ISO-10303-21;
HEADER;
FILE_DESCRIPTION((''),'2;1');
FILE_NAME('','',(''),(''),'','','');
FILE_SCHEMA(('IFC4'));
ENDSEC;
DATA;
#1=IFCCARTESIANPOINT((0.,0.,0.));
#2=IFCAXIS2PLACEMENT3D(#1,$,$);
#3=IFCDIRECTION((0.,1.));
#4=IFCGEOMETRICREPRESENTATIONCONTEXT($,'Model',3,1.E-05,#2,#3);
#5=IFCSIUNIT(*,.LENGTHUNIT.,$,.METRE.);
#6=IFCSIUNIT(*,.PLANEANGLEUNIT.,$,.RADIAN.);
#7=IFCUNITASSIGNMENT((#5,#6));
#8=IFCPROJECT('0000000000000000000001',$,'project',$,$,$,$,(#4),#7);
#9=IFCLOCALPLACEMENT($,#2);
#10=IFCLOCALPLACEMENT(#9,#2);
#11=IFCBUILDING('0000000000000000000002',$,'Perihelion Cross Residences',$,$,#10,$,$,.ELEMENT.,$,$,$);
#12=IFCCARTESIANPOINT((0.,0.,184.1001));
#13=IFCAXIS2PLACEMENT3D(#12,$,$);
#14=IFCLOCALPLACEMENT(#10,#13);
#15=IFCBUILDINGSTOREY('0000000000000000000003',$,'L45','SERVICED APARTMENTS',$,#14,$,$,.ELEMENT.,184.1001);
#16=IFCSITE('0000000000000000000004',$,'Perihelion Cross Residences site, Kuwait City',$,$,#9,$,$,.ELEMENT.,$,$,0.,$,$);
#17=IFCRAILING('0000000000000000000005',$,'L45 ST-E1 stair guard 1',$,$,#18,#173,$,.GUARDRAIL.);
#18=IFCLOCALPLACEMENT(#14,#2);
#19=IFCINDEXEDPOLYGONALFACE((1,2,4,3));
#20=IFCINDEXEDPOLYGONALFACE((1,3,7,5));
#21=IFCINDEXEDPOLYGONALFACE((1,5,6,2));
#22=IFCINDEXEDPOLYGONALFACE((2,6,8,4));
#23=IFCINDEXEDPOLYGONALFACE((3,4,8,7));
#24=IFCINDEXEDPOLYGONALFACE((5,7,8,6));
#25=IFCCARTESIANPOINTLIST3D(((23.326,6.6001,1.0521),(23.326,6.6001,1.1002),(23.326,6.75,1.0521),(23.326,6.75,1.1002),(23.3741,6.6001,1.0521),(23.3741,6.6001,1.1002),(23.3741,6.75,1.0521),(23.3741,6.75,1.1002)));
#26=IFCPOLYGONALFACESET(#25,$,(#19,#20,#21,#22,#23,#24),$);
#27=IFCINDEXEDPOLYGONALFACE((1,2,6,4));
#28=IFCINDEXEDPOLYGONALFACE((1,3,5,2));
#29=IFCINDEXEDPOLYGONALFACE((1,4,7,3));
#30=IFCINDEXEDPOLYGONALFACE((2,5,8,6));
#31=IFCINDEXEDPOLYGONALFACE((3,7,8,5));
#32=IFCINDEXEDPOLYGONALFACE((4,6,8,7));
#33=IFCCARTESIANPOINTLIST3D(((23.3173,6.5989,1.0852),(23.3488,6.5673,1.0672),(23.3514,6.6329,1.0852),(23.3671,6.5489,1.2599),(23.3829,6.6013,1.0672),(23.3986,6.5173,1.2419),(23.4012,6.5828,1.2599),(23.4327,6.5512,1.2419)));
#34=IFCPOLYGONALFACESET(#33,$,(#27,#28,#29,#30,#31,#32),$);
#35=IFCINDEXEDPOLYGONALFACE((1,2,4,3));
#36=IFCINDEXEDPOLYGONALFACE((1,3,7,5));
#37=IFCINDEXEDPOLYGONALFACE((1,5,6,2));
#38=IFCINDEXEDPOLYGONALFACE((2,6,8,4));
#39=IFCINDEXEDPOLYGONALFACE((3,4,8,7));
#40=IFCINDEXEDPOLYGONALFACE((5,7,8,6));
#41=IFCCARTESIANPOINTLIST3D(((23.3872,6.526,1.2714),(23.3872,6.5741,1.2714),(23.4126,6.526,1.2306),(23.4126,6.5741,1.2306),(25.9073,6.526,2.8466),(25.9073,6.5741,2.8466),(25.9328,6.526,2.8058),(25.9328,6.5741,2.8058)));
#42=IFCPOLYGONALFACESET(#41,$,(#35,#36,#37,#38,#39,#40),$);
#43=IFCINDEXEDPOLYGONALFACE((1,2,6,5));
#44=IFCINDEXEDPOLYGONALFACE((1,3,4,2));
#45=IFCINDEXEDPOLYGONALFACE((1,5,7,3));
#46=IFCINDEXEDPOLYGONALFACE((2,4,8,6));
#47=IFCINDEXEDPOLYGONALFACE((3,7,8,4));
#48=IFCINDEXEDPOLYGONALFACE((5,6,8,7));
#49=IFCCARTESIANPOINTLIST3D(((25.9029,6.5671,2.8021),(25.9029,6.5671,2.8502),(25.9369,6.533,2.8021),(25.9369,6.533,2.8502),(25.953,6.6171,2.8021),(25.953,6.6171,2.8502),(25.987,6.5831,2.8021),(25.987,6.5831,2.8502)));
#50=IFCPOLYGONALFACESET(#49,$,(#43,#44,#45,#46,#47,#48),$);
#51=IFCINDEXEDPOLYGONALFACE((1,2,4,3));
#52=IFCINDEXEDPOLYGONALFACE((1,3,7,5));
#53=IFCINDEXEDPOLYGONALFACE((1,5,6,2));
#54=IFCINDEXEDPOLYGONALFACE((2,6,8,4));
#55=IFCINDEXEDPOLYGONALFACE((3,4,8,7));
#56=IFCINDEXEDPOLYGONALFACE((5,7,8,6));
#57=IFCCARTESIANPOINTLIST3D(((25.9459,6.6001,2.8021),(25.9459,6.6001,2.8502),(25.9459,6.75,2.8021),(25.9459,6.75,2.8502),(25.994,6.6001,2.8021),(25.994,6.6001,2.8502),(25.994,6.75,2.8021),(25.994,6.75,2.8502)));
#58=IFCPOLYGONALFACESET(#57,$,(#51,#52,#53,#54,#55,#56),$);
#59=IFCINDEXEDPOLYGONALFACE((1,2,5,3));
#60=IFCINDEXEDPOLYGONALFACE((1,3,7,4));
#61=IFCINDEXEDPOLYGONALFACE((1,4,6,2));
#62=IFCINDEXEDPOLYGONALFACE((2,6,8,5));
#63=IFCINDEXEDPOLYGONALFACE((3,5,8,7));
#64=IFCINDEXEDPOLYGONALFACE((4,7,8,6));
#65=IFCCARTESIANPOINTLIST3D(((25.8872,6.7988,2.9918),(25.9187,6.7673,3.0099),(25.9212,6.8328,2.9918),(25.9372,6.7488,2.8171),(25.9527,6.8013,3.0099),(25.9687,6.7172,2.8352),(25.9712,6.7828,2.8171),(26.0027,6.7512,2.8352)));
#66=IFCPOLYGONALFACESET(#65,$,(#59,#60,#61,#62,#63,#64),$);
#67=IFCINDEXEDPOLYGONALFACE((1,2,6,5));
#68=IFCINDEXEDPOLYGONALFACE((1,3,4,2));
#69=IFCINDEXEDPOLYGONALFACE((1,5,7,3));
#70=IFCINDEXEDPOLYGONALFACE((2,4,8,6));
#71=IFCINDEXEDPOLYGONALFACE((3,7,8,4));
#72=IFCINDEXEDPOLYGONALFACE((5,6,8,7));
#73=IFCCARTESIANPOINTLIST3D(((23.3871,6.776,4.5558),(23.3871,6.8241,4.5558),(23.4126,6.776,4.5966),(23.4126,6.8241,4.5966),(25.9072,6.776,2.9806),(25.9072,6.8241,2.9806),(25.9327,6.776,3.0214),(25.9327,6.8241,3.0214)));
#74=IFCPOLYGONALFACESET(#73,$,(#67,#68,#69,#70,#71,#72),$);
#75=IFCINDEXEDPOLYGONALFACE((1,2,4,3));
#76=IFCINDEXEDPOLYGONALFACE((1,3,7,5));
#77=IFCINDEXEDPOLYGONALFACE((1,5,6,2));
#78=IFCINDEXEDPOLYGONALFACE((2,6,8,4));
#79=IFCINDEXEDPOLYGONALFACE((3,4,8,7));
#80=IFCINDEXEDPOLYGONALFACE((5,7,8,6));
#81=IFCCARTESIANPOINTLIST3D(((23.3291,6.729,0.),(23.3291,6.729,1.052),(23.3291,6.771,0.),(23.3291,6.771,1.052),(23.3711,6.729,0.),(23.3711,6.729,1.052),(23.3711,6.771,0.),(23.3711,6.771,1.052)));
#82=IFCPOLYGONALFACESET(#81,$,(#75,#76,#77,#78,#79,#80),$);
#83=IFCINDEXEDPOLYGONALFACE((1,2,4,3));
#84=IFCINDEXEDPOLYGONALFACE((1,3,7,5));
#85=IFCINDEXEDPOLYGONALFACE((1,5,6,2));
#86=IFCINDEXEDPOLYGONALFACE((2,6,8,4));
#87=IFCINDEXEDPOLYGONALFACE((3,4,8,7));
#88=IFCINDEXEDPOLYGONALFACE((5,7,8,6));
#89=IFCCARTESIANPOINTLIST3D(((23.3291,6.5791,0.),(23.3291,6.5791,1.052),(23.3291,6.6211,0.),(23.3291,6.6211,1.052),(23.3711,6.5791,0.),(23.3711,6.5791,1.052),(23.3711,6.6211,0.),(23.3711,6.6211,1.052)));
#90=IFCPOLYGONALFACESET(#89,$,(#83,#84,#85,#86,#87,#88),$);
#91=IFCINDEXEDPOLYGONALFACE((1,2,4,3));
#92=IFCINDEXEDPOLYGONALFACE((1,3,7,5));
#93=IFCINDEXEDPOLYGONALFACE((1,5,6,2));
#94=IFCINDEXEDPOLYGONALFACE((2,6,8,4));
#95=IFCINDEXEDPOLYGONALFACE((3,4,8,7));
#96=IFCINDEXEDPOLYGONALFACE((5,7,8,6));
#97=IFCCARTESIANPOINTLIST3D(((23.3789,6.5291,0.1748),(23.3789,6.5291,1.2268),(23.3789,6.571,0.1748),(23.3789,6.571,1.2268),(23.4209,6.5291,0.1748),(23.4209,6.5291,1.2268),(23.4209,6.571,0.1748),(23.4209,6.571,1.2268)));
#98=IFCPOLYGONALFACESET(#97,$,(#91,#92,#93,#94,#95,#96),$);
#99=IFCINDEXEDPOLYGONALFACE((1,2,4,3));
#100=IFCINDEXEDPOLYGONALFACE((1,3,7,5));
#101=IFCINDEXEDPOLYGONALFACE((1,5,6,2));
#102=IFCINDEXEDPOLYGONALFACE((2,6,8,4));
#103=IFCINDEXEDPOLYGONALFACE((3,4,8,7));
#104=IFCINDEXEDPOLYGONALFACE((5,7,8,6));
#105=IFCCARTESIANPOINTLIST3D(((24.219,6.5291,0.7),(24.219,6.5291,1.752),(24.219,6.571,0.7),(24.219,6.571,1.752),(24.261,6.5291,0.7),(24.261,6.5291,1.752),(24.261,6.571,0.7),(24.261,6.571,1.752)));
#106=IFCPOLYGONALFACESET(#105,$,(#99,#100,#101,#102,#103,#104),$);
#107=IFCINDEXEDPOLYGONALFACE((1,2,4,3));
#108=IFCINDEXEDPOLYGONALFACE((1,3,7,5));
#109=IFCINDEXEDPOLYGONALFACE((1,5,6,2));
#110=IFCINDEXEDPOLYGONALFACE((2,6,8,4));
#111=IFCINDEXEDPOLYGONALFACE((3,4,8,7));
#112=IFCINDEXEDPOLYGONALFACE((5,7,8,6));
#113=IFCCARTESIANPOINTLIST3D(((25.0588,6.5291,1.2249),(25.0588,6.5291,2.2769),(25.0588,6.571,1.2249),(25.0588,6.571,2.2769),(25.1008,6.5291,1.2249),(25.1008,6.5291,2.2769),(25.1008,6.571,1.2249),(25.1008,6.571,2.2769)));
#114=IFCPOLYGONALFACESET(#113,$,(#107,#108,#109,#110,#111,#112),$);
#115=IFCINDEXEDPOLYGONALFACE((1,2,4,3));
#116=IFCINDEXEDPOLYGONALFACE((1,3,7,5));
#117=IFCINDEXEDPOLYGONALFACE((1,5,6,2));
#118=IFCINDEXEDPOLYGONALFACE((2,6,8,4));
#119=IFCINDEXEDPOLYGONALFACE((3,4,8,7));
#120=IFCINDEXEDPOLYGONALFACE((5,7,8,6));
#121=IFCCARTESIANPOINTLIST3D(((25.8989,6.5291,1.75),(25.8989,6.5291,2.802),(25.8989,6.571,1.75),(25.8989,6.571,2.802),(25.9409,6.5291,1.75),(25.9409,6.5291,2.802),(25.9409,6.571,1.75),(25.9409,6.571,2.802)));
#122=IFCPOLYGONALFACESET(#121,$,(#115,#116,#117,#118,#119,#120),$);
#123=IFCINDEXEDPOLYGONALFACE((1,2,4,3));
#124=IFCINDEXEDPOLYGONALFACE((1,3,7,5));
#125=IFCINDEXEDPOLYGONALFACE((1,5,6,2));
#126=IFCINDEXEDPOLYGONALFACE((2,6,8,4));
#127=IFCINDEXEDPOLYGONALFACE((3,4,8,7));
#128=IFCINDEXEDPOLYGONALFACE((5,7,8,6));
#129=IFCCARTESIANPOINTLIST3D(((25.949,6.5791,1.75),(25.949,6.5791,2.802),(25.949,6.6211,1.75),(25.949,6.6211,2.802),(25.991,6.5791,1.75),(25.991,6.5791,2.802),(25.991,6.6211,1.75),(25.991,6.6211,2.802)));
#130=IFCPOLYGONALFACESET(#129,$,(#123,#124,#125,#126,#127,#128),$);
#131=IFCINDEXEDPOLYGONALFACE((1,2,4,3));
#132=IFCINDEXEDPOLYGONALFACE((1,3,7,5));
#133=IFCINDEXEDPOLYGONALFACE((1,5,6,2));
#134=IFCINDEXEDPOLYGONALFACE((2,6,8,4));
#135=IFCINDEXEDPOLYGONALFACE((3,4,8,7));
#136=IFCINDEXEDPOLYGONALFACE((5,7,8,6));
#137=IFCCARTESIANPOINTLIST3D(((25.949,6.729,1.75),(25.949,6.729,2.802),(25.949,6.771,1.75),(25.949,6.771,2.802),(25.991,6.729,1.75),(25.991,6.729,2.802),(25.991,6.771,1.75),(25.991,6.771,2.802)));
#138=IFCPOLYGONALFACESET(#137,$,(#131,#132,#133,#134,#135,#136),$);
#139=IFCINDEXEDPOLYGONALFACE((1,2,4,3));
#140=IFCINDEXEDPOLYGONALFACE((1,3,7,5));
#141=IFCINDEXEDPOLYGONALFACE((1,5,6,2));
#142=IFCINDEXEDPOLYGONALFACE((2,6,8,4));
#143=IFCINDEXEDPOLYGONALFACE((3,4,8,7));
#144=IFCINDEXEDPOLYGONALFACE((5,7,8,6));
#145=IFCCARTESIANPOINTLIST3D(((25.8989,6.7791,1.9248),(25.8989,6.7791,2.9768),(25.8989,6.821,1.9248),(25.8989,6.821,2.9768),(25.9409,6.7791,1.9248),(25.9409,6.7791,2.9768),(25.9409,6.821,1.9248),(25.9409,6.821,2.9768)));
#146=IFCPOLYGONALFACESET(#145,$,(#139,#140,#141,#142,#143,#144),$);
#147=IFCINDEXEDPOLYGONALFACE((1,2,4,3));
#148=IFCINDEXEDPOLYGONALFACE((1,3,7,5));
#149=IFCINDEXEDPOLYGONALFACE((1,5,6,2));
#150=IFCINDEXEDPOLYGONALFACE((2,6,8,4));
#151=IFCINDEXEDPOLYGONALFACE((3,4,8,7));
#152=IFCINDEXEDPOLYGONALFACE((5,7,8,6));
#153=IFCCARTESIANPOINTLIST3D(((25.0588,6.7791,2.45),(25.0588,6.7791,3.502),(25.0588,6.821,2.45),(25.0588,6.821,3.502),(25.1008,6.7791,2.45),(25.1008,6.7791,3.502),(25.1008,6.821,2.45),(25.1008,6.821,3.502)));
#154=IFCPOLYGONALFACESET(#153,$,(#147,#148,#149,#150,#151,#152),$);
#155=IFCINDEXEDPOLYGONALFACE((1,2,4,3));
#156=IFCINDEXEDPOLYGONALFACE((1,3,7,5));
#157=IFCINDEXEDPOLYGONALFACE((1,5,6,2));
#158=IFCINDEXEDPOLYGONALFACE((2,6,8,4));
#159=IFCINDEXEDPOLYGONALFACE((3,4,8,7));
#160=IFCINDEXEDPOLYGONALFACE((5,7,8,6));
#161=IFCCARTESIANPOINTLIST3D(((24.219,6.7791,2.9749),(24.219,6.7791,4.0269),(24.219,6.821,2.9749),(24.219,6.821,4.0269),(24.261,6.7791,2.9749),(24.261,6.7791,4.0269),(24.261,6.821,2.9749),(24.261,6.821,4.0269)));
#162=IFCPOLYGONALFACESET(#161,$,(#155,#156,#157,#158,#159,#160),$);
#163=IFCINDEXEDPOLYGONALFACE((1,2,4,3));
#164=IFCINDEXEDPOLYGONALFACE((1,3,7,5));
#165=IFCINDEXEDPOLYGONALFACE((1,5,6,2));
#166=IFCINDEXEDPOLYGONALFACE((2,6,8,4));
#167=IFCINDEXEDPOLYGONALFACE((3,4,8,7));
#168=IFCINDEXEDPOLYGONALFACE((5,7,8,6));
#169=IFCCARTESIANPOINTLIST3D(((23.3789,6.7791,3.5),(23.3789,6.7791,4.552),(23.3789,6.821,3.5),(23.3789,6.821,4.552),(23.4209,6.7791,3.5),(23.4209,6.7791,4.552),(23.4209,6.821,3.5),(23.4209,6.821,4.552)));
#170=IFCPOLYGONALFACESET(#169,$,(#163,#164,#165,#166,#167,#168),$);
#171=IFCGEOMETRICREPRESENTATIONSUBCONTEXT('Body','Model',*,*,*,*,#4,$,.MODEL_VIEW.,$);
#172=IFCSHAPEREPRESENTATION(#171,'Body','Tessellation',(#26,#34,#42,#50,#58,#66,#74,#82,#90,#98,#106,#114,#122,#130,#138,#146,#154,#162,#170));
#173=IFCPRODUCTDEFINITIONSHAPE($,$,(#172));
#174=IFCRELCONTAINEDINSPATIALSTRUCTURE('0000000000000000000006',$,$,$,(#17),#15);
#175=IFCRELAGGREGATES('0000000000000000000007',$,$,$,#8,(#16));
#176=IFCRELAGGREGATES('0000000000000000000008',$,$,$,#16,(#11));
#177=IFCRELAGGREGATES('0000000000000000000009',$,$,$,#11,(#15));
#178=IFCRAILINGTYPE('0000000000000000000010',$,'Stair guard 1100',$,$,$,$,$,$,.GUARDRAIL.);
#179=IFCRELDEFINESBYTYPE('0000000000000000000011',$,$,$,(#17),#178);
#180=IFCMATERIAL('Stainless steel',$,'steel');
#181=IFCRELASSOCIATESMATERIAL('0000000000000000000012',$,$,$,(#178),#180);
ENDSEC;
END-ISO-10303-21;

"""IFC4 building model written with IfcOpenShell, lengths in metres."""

from ifc_helpers import new_model, si_unit, direction, frame, origin, origin_2d, place, context, subcontext, project, spatial, rectangle, extrude, material, type_object, element, save


model = new_model("IFC4")

# Units and contexts
model_context = context("Model", 3, precision=1e-05, world=origin(), true_north=direction((0.0, 1.0)))
body_context = subcontext(model_context, "Body", "Model", "MODEL_VIEW")
ifc_project = project(units=[si_unit("LENGTHUNIT", "METRE"), si_unit("PLANEANGLEUNIT", "RADIAN")], contexts=[model_context])

# Site, building, storey
site_placement = place(None, origin())
site = spatial("IfcSite", under=ifc_project, at=site_placement, Name="Perihelion Cross Residences site, Kuwait City", CompositionType="ELEMENT", RefElevation=0.0)
building_placement = place(site_placement, origin())
building = spatial("IfcBuilding", under=site, at=building_placement, Name="Perihelion Cross Residences", CompositionType="ELEMENT")
storey_placement = place(building_placement, frame((0.0, 0.0, 184.1001)))
storey = spatial("IfcBuildingStorey", under=building, at=storey_placement, Name="L45", Description="SERVICED APARTMENTS", CompositionType="ELEMENT", Elevation=184.1001)

# Railing
ifc_material_1 = material(Name="Stainless steel", Category="steel")
railing_type_1 = type_object("IfcRailingType", Name="Stair guard 1100", PredefinedType="GUARDRAIL", material=ifc_material_1)
railing_1_placement = place(storey_placement, frame((23.3501, 6.75, 0.0)))
element("IfcRailing", 1, at=railing_1_placement, inside=storey, type_object=railing_type_1, Name="L45 ST-E1 stair guard 1", PredefinedType="GUARDRAIL", context=body_context, shape_type="SweptSolid", body=[
    extrude(rectangle(XDim=0.0481, YDim=0.0481, at=origin_2d()), frame((0.0, 0.0, 1.0762), z_axis=(0.0, -1.0, 0.0), x_axis=(1.0, 0.0, 0.0)), (0.0, 0.0, 1.0), 0.1499),
    extrude(rectangle(XDim=0.0481, YDim=0.0481, at=origin_2d()), frame((0.0, -0.1499, 1.0762), z_axis=(0.264179, -0.265474, 0.927218), x_axis=(0.708834, 0.705376, 0.0)), (0.0, 0.0, 1.0), 0.1885),
    extrude(rectangle(XDim=0.0481, YDim=0.0481, at=origin_2d()), frame((0.0498, -0.2, 1.251), z_axis=(0.847971, 0.0, 0.530043), x_axis=(0.0, 1.0, 0.0)), (0.0, 0.0, 1.0), 2.9719),
    extrude(rectangle(XDim=0.0481, YDim=0.0481, at=origin_2d()), frame((2.5698, -0.2, 2.8262), z_axis=(0.707107, 0.707107, 0.0), x_axis=(-0.707107, 0.707107, 0.0)), (0.0, 0.0, 1.0), 0.0708),
    extrude(rectangle(XDim=0.0481, YDim=0.0481, at=origin_2d()), frame((2.6199, -0.1499, 2.8262), z_axis=(0.0, 1.0, 0.0), x_axis=(-1.0, 0.0, 0.0)), (0.0, 0.0, 1.0), 0.1499),
    extrude(rectangle(XDim=0.0481, YDim=0.0481, at=origin_2d()), frame((2.6199, 0.0, 2.8262), z_axis=(-0.265383, 0.265383, 0.9269), x_axis=(-0.707107, -0.707107, 0.0)), (0.0, 0.0, 1.0), 0.1885),
    extrude(rectangle(XDim=0.0481, YDim=0.0481, at=origin_2d()), frame((2.5698, 0.05, 3.001), z_axis=(-0.847971, 0.0, 0.530043), x_axis=(0.0, -1.0, 0.0)), (0.0, 0.0, 1.0), 2.9719),
    extrude(rectangle(XDim=0.042, YDim=0.042, at=origin_2d()), origin(), (0.0, 0.0, 1.0), 1.052),
    extrude(rectangle(XDim=0.042, YDim=0.042, at=origin_2d()), frame((0.0, -0.1499, 0.0)), (0.0, 0.0, 1.0), 1.052),
    extrude(rectangle(XDim=0.042, YDim=0.042, at=origin_2d()), frame((0.0498, -0.2, 0.1748)), (0.0, 0.0, 1.0), 1.052),
    extrude(rectangle(XDim=0.042, YDim=0.042, at=origin_2d()), frame((0.8899, -0.2, 0.7)), (0.0, 0.0, 1.0), 1.052),
    extrude(rectangle(XDim=0.042, YDim=0.042, at=origin_2d()), frame((1.7297, -0.2, 1.2249)), (0.0, 0.0, 1.0), 1.052),
    extrude(rectangle(XDim=0.042, YDim=0.042, at=origin_2d()), frame((2.5698, -0.2, 1.75)), (0.0, 0.0, 1.0), 1.052),
    extrude(rectangle(XDim=0.042, YDim=0.042, at=origin_2d()), frame((2.6199, -0.1499, 1.75)), (0.0, 0.0, 1.0), 1.052),
    extrude(rectangle(XDim=0.042, YDim=0.042, at=origin_2d()), frame((2.6199, 0.0, 1.75)), (0.0, 0.0, 1.0), 1.052),
    extrude(rectangle(XDim=0.042, YDim=0.042, at=origin_2d()), frame((2.5698, 0.05, 1.9248)), (0.0, 0.0, 1.0), 1.052),
    extrude(rectangle(XDim=0.042, YDim=0.042, at=origin_2d()), frame((1.7297, 0.05, 2.45)), (0.0, 0.0, 1.0), 1.052),
    extrude(rectangle(XDim=0.042, YDim=0.042, at=origin_2d()), frame((0.8899, 0.05, 2.9749)), (0.0, 0.0, 1.0), 1.052),
    extrude(rectangle(XDim=0.042, YDim=0.042, at=origin_2d()), frame((0.0498, 0.05, 3.5)), (0.0, 0.0, 1.0), 1.052),
])

save(model, "model.ifc")
